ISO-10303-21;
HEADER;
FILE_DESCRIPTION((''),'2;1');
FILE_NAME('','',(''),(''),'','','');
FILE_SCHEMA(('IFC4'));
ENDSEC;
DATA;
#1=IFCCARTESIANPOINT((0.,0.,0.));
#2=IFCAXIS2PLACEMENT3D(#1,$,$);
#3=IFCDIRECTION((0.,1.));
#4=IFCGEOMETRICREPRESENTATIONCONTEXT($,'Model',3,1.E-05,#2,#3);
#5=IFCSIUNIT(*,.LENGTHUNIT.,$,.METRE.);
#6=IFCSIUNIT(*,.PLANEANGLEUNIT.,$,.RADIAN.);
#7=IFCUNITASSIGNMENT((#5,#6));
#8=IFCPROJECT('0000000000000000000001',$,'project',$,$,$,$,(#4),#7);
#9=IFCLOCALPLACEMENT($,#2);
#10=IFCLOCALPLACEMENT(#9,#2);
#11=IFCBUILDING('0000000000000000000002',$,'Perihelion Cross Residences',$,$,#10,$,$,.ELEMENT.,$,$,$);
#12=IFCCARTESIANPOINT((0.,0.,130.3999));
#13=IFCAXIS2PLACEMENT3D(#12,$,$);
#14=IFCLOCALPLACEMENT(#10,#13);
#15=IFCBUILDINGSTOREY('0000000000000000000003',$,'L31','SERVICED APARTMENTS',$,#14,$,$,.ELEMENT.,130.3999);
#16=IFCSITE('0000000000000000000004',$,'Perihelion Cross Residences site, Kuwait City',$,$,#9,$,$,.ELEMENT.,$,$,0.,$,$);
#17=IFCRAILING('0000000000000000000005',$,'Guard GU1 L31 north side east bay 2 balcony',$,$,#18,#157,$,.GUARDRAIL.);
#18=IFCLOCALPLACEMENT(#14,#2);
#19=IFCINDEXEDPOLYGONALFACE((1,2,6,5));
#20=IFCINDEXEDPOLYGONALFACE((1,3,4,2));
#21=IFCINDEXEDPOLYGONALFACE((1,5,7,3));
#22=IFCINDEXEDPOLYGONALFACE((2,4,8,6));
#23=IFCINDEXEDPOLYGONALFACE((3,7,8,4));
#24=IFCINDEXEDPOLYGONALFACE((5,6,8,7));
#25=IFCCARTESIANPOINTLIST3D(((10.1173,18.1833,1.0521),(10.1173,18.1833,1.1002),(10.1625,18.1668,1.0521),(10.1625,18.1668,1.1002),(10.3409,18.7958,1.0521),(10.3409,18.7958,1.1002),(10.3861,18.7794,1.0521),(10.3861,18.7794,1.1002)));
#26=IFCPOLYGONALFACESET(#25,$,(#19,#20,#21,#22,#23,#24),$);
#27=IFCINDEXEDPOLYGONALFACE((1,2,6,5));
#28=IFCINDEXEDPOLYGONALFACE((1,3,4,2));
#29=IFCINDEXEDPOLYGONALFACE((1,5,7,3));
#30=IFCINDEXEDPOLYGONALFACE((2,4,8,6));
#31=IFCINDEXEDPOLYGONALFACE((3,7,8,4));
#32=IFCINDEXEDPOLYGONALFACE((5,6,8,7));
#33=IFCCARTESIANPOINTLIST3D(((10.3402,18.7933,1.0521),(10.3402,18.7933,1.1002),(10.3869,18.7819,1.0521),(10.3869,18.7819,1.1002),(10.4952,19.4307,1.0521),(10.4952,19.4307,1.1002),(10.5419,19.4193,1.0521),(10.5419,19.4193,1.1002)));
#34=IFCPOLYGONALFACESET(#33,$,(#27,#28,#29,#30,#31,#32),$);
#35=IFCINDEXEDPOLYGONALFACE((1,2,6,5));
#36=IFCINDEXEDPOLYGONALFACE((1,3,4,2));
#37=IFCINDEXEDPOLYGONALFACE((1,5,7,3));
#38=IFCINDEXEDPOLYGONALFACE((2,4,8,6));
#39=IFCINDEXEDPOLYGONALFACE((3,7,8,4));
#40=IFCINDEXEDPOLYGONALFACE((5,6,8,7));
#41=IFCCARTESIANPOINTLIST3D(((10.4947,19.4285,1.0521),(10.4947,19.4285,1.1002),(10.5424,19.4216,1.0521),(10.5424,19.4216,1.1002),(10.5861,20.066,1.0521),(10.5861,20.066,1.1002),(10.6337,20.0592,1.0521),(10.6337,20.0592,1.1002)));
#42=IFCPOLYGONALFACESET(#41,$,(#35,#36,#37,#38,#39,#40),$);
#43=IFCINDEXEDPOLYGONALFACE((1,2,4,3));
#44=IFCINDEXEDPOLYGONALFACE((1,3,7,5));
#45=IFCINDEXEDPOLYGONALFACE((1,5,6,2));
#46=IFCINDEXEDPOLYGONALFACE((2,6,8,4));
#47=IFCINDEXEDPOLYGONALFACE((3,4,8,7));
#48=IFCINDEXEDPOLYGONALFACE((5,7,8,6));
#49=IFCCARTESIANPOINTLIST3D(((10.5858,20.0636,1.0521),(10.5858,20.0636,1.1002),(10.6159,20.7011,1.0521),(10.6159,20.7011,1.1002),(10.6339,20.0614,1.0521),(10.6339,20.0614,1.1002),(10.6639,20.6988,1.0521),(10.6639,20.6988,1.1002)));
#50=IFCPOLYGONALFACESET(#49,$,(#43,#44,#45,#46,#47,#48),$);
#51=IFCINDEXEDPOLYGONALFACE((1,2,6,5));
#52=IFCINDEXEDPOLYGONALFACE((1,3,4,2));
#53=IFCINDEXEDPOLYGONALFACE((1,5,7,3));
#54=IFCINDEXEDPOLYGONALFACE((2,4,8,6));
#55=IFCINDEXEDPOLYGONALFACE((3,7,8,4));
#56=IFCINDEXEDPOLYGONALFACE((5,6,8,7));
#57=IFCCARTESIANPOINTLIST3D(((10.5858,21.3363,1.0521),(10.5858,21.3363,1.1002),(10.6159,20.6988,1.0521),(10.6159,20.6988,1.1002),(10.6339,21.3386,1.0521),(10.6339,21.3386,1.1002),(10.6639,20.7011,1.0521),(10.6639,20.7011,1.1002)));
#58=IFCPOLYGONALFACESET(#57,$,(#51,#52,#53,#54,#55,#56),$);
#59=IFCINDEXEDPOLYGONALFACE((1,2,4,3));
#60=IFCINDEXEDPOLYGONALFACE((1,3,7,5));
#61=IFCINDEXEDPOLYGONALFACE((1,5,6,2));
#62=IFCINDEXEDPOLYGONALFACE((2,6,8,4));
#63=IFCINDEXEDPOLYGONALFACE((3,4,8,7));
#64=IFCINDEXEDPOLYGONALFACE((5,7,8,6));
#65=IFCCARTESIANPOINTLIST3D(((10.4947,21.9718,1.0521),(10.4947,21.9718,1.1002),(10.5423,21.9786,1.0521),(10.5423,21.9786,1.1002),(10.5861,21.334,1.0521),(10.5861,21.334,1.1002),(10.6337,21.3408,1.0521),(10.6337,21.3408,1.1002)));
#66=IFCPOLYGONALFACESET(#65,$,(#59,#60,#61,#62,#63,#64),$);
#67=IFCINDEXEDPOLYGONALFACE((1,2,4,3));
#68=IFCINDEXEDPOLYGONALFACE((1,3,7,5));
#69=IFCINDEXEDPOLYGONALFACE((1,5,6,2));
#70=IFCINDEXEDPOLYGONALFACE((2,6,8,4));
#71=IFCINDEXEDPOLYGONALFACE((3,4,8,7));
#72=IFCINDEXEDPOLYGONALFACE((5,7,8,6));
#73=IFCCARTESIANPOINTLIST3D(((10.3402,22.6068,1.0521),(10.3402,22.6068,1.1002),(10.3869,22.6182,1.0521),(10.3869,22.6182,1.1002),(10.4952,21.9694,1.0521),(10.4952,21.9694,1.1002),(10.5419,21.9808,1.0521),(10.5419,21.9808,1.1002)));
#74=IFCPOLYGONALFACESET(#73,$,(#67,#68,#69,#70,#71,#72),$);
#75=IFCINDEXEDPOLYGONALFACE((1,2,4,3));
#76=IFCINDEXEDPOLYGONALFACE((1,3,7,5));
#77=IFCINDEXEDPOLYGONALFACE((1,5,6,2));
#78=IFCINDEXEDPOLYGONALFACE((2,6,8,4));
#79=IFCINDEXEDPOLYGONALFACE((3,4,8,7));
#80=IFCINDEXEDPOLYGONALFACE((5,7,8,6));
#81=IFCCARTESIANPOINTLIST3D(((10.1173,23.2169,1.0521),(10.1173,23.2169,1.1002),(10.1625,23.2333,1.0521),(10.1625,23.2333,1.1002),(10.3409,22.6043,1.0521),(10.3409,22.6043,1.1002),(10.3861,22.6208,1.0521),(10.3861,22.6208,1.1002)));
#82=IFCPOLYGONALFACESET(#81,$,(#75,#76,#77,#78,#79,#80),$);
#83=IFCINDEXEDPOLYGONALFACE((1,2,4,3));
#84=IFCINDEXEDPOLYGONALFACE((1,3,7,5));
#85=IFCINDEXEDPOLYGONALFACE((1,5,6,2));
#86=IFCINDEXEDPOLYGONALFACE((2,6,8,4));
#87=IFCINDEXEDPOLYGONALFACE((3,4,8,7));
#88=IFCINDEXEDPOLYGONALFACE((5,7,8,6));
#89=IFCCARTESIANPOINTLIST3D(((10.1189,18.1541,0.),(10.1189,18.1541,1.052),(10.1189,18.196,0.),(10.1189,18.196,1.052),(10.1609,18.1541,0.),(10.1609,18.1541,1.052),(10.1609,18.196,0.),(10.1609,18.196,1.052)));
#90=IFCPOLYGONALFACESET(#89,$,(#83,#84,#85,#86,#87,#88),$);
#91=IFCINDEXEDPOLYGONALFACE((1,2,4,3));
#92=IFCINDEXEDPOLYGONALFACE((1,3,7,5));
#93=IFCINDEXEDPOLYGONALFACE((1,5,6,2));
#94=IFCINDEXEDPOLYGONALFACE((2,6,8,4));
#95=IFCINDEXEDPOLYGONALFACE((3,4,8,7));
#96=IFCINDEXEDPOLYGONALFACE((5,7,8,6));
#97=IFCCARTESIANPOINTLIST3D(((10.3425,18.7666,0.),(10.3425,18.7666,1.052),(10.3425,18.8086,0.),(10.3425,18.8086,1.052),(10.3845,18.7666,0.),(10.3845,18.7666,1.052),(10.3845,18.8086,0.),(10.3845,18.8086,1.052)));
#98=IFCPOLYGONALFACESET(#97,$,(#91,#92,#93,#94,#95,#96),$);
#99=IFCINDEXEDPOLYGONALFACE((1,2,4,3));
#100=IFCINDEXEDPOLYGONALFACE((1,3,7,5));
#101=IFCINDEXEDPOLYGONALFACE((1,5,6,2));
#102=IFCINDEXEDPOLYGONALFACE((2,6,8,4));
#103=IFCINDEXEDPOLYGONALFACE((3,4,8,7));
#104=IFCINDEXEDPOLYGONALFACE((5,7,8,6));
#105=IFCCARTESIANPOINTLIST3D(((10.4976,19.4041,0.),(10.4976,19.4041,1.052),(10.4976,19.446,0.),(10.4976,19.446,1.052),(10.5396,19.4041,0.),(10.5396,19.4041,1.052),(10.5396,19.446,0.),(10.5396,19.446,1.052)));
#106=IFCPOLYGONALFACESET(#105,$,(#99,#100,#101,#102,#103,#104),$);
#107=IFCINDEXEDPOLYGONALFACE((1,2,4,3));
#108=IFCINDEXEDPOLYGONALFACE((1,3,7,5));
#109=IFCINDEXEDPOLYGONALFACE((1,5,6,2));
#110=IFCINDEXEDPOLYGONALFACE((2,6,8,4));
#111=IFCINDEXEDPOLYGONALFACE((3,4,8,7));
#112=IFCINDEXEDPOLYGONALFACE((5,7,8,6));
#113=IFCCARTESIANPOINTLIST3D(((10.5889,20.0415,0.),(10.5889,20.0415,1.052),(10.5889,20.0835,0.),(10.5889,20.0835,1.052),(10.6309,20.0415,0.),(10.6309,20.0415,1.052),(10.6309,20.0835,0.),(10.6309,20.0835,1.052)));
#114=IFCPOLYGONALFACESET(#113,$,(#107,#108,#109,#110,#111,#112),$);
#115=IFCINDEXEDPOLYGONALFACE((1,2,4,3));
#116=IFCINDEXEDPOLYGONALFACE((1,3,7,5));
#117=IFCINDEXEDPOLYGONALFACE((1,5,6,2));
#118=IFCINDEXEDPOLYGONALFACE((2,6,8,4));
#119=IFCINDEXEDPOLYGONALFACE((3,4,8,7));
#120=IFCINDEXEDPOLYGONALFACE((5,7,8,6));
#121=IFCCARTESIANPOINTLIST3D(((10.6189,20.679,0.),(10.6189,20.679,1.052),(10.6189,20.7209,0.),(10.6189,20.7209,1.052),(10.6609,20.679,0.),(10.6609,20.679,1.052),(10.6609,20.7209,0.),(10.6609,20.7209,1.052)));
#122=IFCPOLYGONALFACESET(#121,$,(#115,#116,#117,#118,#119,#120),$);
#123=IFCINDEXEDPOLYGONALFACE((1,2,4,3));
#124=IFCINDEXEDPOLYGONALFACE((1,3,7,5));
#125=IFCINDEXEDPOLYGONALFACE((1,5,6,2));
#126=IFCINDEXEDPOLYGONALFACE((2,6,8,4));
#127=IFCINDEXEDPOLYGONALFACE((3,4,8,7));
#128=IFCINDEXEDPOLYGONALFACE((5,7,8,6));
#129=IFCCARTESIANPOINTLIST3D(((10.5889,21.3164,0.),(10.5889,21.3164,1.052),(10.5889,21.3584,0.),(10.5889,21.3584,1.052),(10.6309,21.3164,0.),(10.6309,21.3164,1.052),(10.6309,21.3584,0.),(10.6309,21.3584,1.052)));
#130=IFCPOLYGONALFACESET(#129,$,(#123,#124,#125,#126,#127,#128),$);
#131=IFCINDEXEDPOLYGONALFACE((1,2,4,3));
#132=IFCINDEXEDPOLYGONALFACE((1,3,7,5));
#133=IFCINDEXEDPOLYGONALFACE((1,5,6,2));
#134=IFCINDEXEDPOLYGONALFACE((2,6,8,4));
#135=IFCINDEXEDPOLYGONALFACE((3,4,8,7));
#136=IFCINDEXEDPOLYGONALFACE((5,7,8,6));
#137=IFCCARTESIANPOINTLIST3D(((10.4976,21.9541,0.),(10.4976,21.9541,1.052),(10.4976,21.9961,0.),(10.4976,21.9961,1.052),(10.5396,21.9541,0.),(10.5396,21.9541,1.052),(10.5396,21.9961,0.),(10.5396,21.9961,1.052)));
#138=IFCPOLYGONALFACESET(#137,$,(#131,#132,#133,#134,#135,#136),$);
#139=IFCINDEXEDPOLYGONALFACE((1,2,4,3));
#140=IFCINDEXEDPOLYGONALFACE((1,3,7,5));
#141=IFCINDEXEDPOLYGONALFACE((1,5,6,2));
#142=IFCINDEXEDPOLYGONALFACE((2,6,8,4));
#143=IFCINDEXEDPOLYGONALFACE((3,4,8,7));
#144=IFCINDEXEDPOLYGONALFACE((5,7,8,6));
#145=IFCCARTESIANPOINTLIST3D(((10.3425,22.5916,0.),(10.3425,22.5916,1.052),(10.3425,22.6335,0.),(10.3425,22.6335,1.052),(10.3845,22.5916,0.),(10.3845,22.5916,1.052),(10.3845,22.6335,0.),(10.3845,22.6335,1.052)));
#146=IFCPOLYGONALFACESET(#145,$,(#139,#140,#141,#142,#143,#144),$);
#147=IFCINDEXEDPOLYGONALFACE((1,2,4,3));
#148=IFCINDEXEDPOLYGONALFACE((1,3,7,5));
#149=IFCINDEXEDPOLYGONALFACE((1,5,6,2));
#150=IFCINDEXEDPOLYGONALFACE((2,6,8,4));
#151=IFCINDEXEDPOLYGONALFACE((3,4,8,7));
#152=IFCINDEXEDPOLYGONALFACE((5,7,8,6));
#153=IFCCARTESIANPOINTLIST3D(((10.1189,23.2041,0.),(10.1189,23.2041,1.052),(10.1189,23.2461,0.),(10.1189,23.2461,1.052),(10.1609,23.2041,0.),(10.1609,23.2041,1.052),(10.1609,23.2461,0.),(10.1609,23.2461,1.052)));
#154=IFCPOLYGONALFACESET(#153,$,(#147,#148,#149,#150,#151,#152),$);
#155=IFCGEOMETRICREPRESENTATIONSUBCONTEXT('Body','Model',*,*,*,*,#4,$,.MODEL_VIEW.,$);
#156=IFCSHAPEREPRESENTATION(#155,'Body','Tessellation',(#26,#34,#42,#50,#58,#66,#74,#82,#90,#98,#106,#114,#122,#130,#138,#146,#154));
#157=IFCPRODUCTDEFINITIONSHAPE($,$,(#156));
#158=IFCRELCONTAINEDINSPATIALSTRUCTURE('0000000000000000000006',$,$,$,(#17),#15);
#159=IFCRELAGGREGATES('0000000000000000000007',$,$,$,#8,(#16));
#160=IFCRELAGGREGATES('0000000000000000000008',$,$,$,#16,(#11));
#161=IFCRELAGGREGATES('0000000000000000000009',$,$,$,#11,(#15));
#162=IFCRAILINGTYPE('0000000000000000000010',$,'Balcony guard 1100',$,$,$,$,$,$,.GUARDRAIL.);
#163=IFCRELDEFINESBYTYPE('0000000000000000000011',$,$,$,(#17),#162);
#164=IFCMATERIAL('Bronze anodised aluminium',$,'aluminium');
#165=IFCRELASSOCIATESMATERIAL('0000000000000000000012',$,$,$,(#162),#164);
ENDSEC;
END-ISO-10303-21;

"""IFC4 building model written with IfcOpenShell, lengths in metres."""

from ifc_helpers import new_model, si_unit, direction, frame, origin, origin_2d, place, context, subcontext, project, spatial, rectangle, extrude, material, type_object, element, save


model = new_model("IFC4")

# Units and contexts
model_context = context("Model", 3, precision=1e-05, world=origin(), true_north=direction((0.0, 1.0)))
body_context = subcontext(model_context, "Body", "Model", "MODEL_VIEW")
ifc_project = project(units=[si_unit("LENGTHUNIT", "METRE"), si_unit("PLANEANGLEUNIT", "RADIAN")], contexts=[model_context])

# Site, building, storey
site_placement = place(None, origin())
site = spatial("IfcSite", under=ifc_project, at=site_placement, Name="Perihelion Cross Residences site, Kuwait City", CompositionType="ELEMENT", RefElevation=0.0)
building_placement = place(site_placement, origin())
building = spatial("IfcBuilding", under=site, at=building_placement, Name="Perihelion Cross Residences", CompositionType="ELEMENT")
storey_placement = place(building_placement, frame((0.0, 0.0, 130.3999)))
storey = spatial("IfcBuildingStorey", under=building, at=storey_placement, Name="L31", Description="SERVICED APARTMENTS", CompositionType="ELEMENT", Elevation=130.3999)

# Railing
ifc_material_1 = material(Name="Bronze anodised aluminium", Category="aluminium")
railing_type = type_object("IfcRailingType", Name="Balcony guard 1100", PredefinedType="GUARDRAIL", material=ifc_material_1)
railing_1_placement = place(storey_placement, frame((10.1399, 18.175, 0.0)))
element("IfcRailing", 1, at=railing_1_placement, inside=storey, type_object=railing_type, Name="Guard GU1 L31 north side east bay 2 balcony", PredefinedType="GUARDRAIL", context=body_context, shape_type="SweptSolid", body=[
    extrude(rectangle(XDim=0.0481, YDim=0.0481, at=origin_2d()), frame((0.0, 0.0, 1.0762), z_axis=(0.342945, 0.939355, 0.0), x_axis=(-0.939355, 0.342945, 0.0)), (0.0, 0.0, 1.0), 0.6521),
    extrude(rectangle(XDim=0.0481, YDim=0.0481, at=origin_2d()), frame((0.2236, 0.6125, 1.0762), z_axis=(0.236314, 0.971677, 0.0), x_axis=(-0.971677, 0.236314, 0.0)), (0.0, 0.0, 1.0), 0.656),
    extrude(rectangle(XDim=0.0481, YDim=0.0481, at=origin_2d()), frame((0.3787, 1.25, 1.0762), z_axis=(0.141793, 0.989896, 0.0), x_axis=(-0.989896, 0.141793, 0.0)), (0.0, 0.0, 1.0), 0.644),
    extrude(rectangle(XDim=0.0481, YDim=0.0481, at=origin_2d()), frame((0.47, 1.8875, 1.0762), z_axis=(0.047056, 0.998892, 0.0), x_axis=(-0.998892, 0.047056, 0.0)), (0.0, 0.0, 1.0), 0.6382),
    extrude(rectangle(XDim=0.0481, YDim=0.0481, at=origin_2d()), frame((0.5, 2.5249, 1.0762), z_axis=(-0.047056, 0.998892, 0.0), x_axis=(-0.998892, -0.047056, 0.0)), (0.0, 0.0, 1.0), 0.6382),
    extrude(rectangle(XDim=0.0481, YDim=0.0481, at=origin_2d()), frame((0.47, 3.1624, 1.0762), z_axis=(-0.14174, 0.989904, 0.0), x_axis=(-0.989904, -0.14174, 0.0)), (0.0, 0.0, 1.0), 0.6443),
    extrude(rectangle(XDim=0.0481, YDim=0.0481, at=origin_2d()), frame((0.3787, 3.8, 1.0762), z_axis=(-0.236314, 0.971677, 0.0), x_axis=(-0.971677, -0.236314, 0.0)), (0.0, 0.0, 1.0), 0.656),
    extrude(rectangle(XDim=0.0481, YDim=0.0481, at=origin_2d()), frame((0.2236, 4.4375, 1.0762), z_axis=(-0.342945, 0.939355, 0.0), x_axis=(-0.939355, -0.342945, 0.0)), (0.0, 0.0, 1.0), 0.6521),
    extrude(rectangle(XDim=0.042, YDim=0.042, at=origin_2d()), origin(), (0.0, 0.0, 1.0), 1.052),
    extrude(rectangle(XDim=0.042, YDim=0.042, at=origin_2d()), frame((0.2236, 0.6125, 0.0)), (0.0, 0.0, 1.0), 1.052),
    extrude(rectangle(XDim=0.042, YDim=0.042, at=origin_2d()), frame((0.3787, 1.25, 0.0)), (0.0, 0.0, 1.0), 1.052),
    extrude(rectangle(XDim=0.042, YDim=0.042, at=origin_2d()), frame((0.47, 1.8875, 0.0)), (0.0, 0.0, 1.0), 1.052),
    extrude(rectangle(XDim=0.042, YDim=0.042, at=origin_2d()), frame((0.5, 2.5249, 0.0)), (0.0, 0.0, 1.0), 1.052),
    extrude(rectangle(XDim=0.042, YDim=0.042, at=origin_2d()), frame((0.47, 3.1624, 0.0)), (0.0, 0.0, 1.0), 1.052),
    extrude(rectangle(XDim=0.042, YDim=0.042, at=origin_2d()), frame((0.3787, 3.8, 0.0)), (0.0, 0.0, 1.0), 1.052),
    extrude(rectangle(XDim=0.042, YDim=0.042, at=origin_2d()), frame((0.2236, 4.4375, 0.0)), (0.0, 0.0, 1.0), 1.052),
    extrude(rectangle(XDim=0.042, YDim=0.042, at=origin_2d()), frame((0.0, 5.05, 0.0)), (0.0, 0.0, 1.0), 1.052),
])

save(model, "model.ifc")
